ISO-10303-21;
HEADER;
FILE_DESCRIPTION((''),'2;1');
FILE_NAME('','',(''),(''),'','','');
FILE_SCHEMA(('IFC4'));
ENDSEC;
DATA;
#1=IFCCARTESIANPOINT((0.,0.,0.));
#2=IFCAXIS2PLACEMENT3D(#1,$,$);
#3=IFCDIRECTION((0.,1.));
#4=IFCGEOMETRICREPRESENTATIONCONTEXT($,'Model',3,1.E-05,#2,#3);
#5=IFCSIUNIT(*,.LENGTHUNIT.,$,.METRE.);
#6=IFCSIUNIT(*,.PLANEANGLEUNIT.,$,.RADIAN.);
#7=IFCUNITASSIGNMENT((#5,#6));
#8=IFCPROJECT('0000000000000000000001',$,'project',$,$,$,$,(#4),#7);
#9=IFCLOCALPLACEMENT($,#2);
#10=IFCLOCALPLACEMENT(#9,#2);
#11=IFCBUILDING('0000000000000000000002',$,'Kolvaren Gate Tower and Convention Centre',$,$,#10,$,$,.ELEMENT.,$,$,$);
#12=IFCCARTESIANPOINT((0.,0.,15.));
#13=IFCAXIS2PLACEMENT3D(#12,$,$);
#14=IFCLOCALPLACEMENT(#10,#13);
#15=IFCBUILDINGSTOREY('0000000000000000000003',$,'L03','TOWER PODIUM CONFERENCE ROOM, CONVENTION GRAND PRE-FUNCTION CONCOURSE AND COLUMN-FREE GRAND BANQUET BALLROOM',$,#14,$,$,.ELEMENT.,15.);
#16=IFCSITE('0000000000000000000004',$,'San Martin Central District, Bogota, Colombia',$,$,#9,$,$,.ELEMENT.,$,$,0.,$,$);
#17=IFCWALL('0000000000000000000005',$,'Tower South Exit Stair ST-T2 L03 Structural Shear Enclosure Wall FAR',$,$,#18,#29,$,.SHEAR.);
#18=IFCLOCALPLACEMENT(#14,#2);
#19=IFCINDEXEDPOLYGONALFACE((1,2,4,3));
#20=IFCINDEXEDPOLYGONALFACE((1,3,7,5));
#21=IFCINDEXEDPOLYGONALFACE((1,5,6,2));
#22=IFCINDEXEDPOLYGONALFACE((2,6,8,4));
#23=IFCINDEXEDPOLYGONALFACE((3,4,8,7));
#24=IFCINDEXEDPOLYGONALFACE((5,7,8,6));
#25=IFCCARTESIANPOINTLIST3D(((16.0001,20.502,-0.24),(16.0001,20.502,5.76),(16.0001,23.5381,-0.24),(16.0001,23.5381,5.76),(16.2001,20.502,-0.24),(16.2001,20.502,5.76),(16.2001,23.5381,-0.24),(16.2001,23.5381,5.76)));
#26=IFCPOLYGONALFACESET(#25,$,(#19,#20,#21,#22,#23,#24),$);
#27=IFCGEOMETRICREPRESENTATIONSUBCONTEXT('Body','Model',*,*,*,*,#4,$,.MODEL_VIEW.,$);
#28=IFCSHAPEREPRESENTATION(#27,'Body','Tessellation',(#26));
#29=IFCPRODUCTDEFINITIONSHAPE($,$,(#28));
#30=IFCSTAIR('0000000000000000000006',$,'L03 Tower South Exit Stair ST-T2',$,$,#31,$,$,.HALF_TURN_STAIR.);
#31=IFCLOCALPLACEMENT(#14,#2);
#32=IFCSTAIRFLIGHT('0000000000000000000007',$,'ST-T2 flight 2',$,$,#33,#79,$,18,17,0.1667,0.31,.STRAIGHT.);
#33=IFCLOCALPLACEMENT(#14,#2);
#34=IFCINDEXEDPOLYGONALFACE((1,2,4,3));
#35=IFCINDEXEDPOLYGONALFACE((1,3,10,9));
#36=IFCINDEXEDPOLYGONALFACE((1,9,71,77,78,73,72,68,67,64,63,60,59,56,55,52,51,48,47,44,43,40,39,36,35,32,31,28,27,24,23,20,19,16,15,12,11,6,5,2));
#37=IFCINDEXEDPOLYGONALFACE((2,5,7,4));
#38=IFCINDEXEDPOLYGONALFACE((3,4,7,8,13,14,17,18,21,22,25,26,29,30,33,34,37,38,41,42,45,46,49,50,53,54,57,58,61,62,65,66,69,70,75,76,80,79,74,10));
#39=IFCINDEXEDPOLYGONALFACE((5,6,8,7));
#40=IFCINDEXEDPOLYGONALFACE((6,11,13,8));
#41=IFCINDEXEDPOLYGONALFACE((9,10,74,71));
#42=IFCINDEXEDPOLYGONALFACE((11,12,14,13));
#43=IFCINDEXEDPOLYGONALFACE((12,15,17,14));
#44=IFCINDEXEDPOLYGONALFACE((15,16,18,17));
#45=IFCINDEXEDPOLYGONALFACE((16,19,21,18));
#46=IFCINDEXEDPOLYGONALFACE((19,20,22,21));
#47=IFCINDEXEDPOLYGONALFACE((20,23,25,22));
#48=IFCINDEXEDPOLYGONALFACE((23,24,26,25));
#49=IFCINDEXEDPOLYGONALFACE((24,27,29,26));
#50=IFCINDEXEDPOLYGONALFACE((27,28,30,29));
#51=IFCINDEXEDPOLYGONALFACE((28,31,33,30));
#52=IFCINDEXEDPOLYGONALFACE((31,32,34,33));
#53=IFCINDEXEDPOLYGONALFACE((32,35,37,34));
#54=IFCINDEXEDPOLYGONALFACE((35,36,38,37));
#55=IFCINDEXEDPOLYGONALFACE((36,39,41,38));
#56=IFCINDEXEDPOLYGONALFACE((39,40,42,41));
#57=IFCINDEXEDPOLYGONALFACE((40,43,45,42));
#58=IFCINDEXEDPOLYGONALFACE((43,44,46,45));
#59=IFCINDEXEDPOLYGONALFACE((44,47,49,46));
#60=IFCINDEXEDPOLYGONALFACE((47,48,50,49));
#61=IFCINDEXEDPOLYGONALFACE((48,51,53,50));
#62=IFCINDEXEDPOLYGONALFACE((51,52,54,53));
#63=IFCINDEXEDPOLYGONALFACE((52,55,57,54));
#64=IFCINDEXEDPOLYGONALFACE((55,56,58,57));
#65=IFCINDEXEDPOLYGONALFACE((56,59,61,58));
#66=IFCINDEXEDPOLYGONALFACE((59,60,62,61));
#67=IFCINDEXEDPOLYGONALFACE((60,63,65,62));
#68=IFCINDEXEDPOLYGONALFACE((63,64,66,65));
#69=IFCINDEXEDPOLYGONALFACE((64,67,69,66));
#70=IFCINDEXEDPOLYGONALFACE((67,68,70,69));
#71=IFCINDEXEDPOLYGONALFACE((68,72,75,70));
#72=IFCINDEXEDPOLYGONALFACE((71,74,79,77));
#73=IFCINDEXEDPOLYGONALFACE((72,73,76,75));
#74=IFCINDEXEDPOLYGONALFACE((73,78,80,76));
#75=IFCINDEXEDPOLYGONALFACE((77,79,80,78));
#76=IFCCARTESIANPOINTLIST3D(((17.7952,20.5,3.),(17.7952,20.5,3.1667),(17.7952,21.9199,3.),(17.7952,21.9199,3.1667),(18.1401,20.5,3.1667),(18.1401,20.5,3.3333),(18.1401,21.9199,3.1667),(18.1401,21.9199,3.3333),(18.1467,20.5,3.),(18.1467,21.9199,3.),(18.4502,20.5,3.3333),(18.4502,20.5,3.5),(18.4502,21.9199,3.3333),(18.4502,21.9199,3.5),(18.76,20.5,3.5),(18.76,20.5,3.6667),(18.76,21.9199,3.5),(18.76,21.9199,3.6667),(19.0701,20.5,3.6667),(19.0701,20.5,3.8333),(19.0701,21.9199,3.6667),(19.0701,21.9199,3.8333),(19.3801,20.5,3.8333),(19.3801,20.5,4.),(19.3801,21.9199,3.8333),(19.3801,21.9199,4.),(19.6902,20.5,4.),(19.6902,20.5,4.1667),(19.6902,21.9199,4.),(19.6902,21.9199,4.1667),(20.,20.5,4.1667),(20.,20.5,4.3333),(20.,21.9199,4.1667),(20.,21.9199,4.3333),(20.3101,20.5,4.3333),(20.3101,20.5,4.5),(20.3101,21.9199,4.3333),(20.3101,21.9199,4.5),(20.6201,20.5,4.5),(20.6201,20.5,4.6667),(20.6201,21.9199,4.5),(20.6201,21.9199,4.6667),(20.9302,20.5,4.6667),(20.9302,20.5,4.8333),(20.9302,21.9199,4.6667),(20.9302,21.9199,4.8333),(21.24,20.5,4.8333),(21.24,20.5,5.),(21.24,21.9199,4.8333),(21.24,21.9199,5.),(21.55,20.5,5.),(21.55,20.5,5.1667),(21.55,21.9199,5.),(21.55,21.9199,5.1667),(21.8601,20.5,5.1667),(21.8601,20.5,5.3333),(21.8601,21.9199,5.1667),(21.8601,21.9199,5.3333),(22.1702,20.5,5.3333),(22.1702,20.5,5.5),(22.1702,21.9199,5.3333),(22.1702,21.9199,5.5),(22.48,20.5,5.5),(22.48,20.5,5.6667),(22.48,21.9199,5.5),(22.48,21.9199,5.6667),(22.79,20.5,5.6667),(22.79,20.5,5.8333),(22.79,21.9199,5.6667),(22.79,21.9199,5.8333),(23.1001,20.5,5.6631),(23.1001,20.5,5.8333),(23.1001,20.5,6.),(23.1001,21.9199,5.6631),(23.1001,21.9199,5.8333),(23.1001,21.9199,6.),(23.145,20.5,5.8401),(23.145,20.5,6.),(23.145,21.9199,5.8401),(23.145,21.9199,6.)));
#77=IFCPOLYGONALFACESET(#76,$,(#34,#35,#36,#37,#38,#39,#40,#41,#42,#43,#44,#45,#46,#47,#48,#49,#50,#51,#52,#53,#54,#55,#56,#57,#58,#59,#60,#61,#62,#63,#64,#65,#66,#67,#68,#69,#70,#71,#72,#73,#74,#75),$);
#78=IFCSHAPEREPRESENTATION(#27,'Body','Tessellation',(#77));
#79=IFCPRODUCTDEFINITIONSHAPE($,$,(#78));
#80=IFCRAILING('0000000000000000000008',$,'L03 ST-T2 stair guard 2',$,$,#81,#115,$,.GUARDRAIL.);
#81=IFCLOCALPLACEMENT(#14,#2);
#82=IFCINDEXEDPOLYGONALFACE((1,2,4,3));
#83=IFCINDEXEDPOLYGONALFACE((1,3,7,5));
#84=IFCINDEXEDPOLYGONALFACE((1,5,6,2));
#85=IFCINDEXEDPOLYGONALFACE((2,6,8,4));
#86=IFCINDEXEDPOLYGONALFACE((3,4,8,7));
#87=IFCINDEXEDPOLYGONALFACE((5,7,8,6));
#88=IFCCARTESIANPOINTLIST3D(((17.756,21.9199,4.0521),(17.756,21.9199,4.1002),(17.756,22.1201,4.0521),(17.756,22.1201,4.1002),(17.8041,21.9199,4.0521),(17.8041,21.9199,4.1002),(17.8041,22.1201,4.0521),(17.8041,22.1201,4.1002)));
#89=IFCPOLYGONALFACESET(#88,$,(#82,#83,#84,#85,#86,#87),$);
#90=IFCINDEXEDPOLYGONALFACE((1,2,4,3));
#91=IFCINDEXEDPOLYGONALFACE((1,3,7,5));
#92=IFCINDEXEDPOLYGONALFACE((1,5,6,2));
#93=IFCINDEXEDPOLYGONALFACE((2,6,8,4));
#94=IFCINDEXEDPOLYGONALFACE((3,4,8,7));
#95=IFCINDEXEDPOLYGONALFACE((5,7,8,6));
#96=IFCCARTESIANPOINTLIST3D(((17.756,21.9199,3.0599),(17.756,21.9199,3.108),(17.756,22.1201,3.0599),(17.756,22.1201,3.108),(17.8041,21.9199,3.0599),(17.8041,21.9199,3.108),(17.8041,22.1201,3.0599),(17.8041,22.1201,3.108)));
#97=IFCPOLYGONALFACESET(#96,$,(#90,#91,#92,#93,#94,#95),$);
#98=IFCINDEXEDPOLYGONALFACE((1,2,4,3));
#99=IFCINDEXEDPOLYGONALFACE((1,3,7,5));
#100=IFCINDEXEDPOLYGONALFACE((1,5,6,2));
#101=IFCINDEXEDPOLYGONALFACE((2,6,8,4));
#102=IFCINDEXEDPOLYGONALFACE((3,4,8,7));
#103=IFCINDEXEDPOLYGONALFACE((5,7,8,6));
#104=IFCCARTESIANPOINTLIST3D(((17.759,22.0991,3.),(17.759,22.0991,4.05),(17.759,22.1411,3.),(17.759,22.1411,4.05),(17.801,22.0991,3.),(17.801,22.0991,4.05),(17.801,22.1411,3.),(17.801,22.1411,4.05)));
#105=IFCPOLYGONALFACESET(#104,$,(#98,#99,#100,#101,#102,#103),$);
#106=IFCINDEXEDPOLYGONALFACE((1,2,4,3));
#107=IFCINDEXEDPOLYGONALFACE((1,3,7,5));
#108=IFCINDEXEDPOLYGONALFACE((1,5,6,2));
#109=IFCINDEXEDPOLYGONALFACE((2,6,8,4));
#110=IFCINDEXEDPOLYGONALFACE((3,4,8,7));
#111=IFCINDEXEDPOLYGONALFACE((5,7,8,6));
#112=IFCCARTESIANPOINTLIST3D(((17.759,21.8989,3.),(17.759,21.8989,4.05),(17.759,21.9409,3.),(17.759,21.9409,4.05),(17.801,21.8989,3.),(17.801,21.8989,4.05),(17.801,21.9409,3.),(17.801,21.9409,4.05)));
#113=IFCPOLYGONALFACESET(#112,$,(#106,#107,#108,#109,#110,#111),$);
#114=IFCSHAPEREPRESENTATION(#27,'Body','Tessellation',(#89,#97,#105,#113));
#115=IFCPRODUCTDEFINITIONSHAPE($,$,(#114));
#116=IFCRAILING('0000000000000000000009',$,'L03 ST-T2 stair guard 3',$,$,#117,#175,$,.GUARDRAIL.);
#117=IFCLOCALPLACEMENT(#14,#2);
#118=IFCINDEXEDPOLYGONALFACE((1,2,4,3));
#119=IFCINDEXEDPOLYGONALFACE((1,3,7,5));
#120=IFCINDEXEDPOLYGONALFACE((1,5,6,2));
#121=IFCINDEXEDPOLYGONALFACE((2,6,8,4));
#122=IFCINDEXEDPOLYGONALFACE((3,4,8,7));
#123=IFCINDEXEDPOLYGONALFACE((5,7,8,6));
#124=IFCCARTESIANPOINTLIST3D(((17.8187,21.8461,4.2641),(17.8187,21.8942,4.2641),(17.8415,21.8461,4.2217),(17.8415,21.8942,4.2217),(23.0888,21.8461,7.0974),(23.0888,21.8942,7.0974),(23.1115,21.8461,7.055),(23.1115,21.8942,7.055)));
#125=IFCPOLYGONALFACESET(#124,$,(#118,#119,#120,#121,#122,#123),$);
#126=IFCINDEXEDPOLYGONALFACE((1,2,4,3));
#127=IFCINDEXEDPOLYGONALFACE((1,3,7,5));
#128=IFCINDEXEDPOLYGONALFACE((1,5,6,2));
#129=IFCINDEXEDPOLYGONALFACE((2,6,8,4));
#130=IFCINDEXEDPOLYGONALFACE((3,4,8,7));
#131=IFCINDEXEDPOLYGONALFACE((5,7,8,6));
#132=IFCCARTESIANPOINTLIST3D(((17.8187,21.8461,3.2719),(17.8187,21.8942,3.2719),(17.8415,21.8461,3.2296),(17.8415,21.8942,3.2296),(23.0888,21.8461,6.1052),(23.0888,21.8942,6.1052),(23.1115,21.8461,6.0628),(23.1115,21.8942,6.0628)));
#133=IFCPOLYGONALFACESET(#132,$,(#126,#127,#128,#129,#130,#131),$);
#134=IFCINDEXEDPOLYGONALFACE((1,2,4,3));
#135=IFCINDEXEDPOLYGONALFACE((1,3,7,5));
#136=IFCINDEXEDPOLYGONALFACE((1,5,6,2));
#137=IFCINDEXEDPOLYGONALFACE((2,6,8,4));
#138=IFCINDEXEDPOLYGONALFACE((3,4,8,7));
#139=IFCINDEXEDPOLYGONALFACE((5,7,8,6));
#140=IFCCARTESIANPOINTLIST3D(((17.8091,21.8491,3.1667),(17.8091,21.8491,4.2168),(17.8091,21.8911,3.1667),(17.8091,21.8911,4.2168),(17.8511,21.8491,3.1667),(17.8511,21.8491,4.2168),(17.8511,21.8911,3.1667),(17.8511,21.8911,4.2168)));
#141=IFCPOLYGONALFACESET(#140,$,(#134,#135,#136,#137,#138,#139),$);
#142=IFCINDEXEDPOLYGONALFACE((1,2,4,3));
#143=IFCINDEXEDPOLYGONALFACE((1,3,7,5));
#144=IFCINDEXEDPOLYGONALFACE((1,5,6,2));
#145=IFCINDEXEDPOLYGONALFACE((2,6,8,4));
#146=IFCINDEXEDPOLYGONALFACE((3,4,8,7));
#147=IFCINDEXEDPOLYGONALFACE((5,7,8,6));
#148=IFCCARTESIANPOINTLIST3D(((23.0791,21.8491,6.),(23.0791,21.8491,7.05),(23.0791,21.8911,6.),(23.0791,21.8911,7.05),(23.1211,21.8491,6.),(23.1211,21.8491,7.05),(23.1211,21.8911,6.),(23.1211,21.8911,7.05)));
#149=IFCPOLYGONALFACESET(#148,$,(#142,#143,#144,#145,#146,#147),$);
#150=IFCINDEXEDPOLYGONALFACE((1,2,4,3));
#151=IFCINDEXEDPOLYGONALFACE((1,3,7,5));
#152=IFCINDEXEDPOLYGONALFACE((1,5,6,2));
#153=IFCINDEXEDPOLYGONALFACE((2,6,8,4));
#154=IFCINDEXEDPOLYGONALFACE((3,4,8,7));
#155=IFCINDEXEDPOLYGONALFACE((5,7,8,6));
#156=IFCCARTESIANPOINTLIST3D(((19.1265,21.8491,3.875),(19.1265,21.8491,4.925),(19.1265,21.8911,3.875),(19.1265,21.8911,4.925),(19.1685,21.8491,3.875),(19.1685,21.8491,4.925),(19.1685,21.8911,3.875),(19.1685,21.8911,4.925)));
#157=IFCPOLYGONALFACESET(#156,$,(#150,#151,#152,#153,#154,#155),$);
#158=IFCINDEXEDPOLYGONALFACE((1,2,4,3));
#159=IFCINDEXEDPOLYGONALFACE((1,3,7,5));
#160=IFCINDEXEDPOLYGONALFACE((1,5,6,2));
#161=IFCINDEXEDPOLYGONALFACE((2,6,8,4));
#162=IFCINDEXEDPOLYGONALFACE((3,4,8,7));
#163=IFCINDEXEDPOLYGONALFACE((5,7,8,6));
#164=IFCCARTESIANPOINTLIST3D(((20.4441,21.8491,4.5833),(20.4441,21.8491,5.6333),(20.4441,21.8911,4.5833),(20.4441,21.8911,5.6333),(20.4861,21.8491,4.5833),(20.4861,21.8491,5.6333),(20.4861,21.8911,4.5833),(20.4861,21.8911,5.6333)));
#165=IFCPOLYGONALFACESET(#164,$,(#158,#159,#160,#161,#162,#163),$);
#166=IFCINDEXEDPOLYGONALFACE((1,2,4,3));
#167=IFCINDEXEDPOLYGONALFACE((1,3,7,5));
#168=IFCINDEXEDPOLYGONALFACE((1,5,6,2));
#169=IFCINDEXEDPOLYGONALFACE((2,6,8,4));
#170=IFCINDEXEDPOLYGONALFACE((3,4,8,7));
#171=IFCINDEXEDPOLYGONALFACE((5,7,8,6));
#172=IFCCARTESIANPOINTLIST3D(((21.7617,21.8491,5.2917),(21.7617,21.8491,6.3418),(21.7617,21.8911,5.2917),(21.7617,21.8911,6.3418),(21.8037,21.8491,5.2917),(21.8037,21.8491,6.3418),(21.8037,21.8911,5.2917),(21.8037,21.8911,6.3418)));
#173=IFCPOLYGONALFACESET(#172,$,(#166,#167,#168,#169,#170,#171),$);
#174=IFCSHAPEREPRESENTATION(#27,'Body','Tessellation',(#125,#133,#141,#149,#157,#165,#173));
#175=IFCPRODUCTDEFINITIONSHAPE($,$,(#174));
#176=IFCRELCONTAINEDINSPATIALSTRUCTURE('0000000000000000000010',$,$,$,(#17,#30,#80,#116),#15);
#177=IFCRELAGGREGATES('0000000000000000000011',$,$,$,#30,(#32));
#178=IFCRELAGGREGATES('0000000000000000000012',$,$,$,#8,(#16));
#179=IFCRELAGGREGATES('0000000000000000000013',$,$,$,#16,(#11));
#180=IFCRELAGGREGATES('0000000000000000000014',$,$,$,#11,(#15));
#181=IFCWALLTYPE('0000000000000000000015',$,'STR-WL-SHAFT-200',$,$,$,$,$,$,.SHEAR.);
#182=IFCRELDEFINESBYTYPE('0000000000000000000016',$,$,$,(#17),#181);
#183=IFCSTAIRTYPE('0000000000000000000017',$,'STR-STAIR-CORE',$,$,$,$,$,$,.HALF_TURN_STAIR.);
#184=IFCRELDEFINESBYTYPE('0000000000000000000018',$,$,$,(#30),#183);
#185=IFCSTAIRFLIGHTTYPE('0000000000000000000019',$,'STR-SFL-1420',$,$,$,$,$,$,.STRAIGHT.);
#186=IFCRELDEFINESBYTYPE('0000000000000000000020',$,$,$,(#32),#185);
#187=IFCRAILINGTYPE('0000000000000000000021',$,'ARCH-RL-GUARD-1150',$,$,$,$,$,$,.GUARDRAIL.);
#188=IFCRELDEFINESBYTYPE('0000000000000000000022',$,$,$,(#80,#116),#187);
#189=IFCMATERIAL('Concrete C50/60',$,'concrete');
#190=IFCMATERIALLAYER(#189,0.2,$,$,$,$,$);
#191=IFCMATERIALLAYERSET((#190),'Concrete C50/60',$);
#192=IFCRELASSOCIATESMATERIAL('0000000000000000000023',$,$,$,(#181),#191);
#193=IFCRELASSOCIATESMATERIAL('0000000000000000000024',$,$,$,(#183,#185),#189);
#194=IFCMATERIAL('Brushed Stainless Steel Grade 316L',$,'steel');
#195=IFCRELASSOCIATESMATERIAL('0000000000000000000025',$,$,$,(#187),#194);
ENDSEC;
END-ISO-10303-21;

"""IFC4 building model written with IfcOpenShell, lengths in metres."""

from ifc_helpers import new_model, si_unit, direction, frame, frame_2d, origin, origin_2d, place, context, subcontext, project, spatial, polyline, rectangle, outline, extrude, material, layer, layer_set, type_object, element, aggregate, save


model = new_model("IFC4")

# Units and contexts
model_context = context("Model", 3, precision=1e-05, world=origin(), true_north=direction((0.0, 1.0)))
body_context = subcontext(model_context, "Body", "Model", "MODEL_VIEW")
ifc_project = project(units=[si_unit("LENGTHUNIT", "METRE"), si_unit("PLANEANGLEUNIT", "RADIAN")], contexts=[model_context])

# Site, building, storey
site_placement = place(None, origin())
site = spatial("IfcSite", under=ifc_project, at=site_placement, Name="San Martin Central District, Bogota, Colombia", CompositionType="ELEMENT", RefElevation=0.0)
building_placement = place(site_placement, origin())
building = spatial("IfcBuilding", under=site, at=building_placement, Name="Kolvaren Gate Tower and Convention Centre", CompositionType="ELEMENT")
storey_placement = place(building_placement, frame((0.0, 0.0, 15.0)))
storey = spatial("IfcBuildingStorey", under=building, at=storey_placement, Name="L03", Description="TOWER PODIUM CONFERENCE ROOM, CONVENTION GRAND PRE-FUNCTION CONCOURSE AND COLUMN-FREE GRAND BANQUET BALLROOM", CompositionType="ELEMENT", Elevation=15.0)

# Wall
ifc_material_1 = material(Name="Concrete C50/60", Category="concrete")
ifc_layer_1 = layer(ifc_material_1, 0.2)
ifc_layer_set_1 = layer_set([ifc_layer_1], Name="Concrete C50/60")
wall_type_1 = type_object("IfcWallType", Name="STR-WL-SHAFT-200", PredefinedType="SHEAR", material=ifc_layer_set_1)
wall_1_placement = place(storey_placement, frame((16.1001, 20.502, -0.24), z_axis=(0.0, 0.0, 1.0), x_axis=(0.0, 1.0, 0.0)))
element("IfcWall", 1, at=wall_1_placement, inside=storey, type_object=wall_type_1, Name="Tower South Exit Stair ST-T2 L03 Structural Shear Enclosure Wall FAR", PredefinedType="SHEAR", context=body_context, shape_type="SweptSolid", body=[
    extrude(rectangle(XDim=3.0361, YDim=0.2, at=frame_2d((1.5181, 0.0))), origin(), (0.0, 0.0, 1.0), 6.0),
])

# Stair, stair flight
stair_type = type_object("IfcStairType", Name="STR-STAIR-CORE", PredefinedType="HALF_TURN_STAIR", material=ifc_material_1)
stair_placement = place(storey_placement, origin())
stair = element("IfcStair", 2, at=stair_placement, inside=storey, type_object=stair_type, Name="L03 Tower South Exit Stair ST-T2", PredefinedType="HALF_TURN_STAIR")
stair_flight_type = type_object("IfcStairFlightType", Name="STR-SFL-1420", PredefinedType="STRAIGHT", material=ifc_material_1)
stair_flight_placement = place(storey_placement, frame((17.8301, 21.21, 3.0), z_axis=(0.0, 0.0, 1.0), x_axis=(1.0, 0.0, 0.0)))
stair_flight = element("IfcStairFlight", 3, at=stair_flight_placement, type_object=stair_flight_type, Name="ST-T2 flight 2", NumberOfRisers=18, NumberOfTreads=17, PredefinedType="STRAIGHT", RiserHeight=0.1667, TreadLength=0.31, context=body_context, shape_type="SweptSolid", body=[
    extrude(outline(polyline([(-0.0349, 0.0), (-0.0349, 0.1667), (0.3101, 0.1667), (0.3101, 0.3333), (0.6201, 0.3333), (0.6201, 0.5), (0.9299, 0.5), (0.9299, 0.6667), (1.24, 0.6667), (1.24, 0.8333), (1.55, 0.8333), (1.55, 1.0), (1.8601, 1.0), (1.8601, 1.1667), (2.1699, 1.1667), (2.1699, 1.3333), (2.48, 1.3333), (2.48, 1.5), (2.79, 1.5), (2.79, 1.6667), (3.1001, 1.6667), (3.1001, 1.8333), (3.4099, 1.8333), (3.4099, 2.0), (3.72, 2.0), (3.72, 2.1667), (4.03, 2.1667), (4.03, 2.3333), (4.3401, 2.3333), (4.3401, 2.5), (4.6499, 2.5), (4.6499, 2.6667), (4.96, 2.6667), (4.96, 2.8333), (5.27, 2.8333), (5.27, 3.0), (5.3149, 3.0), (5.3149, 2.8401), (5.27, 2.6631), (0.3167, 0.0), (-0.0349, 0.0)])), frame((0.0, 0.71, 0.0), z_axis=(0.0, -1.0, 0.0), x_axis=(1.0, 0.0, 0.0)), (0.0, 0.0, 1.0), 1.4199),
])
aggregate(stair, [stair_flight])

# Railings
ifc_material_2 = material(Name="Brushed Stainless Steel Grade 316L", Category="steel")
railing_type_1 = type_object("IfcRailingType", Name="ARCH-RL-GUARD-1150", PredefinedType="GUARDRAIL", material=ifc_material_2)
railing_1_placement = place(storey_placement, frame((17.78, 22.1201, 3.0)))
element("IfcRailing", 4, at=railing_1_placement, inside=storey, type_object=railing_type_1, Name="L03 ST-T2 stair guard 2", PredefinedType="GUARDRAIL", context=body_context, shape_type="SweptSolid", body=[
    extrude(rectangle(XDim=0.0481, YDim=0.0481, at=origin_2d()), frame((0.0, 0.0, 1.0762), z_axis=(0.0, -1.0, 0.0), x_axis=(1.0, 0.0, 0.0)), (0.0, 0.0, 1.0), 0.2002),
    extrude(rectangle(XDim=0.0481, YDim=0.0481, at=origin_2d()), frame((0.0, 0.0, 0.084), z_axis=(0.0, -1.0, 0.0), x_axis=(1.0, 0.0, 0.0)), (0.0, 0.0, 1.0), 0.2002),
    extrude(rectangle(XDim=0.042, YDim=0.042, at=origin_2d()), origin(), (0.0, 0.0, 1.0), 1.05),
    extrude(rectangle(XDim=0.042, YDim=0.042, at=origin_2d()), frame((0.0, -0.2002, 0.0)), (0.0, 0.0, 1.0), 1.05),
])
railing_2_placement = place(storey_placement, frame((17.8301, 21.8701, 3.1667)))
element("IfcRailing", 5, at=railing_2_placement, inside=storey, type_object=railing_type_1, Name="L03 ST-T2 stair guard 3", PredefinedType="GUARDRAIL", context=body_context, shape_type="SweptSolid", body=[
    extrude(rectangle(XDim=0.0481, YDim=0.0481, at=origin_2d()), frame((0.0, 0.0, 1.0762), z_axis=(0.880781, 0.0, 0.473523), x_axis=(0.0, 1.0, 0.0)), (0.0, 0.0, 1.0), 5.9834),
    extrude(rectangle(XDim=0.0481, YDim=0.0481, at=origin_2d()), frame((0.0, 0.0, 0.084), z_axis=(0.880781, 0.0, 0.473523), x_axis=(0.0, 1.0, 0.0)), (0.0, 0.0, 1.0), 5.9834),
    extrude(rectangle(XDim=0.042, YDim=0.042, at=origin_2d()), origin(), (0.0, 0.0, 1.0), 1.05),
    extrude(rectangle(XDim=0.042, YDim=0.042, at=origin_2d()), frame((5.27, 0.0, 2.8333)), (0.0, 0.0, 1.0), 1.05),
    extrude(rectangle(XDim=0.042, YDim=0.042, at=origin_2d()), frame((1.3174, 0.0, 0.7083)), (0.0, 0.0, 1.0), 1.05),
    extrude(rectangle(XDim=0.042, YDim=0.042, at=origin_2d()), frame((2.635, 0.0, 1.4165)), (0.0, 0.0, 1.0), 1.05),
    extrude(rectangle(XDim=0.042, YDim=0.042, at=origin_2d()), frame((3.9526, 0.0, 2.125)), (0.0, 0.0, 1.0), 1.05),
])

save(model, "model.ifc")
